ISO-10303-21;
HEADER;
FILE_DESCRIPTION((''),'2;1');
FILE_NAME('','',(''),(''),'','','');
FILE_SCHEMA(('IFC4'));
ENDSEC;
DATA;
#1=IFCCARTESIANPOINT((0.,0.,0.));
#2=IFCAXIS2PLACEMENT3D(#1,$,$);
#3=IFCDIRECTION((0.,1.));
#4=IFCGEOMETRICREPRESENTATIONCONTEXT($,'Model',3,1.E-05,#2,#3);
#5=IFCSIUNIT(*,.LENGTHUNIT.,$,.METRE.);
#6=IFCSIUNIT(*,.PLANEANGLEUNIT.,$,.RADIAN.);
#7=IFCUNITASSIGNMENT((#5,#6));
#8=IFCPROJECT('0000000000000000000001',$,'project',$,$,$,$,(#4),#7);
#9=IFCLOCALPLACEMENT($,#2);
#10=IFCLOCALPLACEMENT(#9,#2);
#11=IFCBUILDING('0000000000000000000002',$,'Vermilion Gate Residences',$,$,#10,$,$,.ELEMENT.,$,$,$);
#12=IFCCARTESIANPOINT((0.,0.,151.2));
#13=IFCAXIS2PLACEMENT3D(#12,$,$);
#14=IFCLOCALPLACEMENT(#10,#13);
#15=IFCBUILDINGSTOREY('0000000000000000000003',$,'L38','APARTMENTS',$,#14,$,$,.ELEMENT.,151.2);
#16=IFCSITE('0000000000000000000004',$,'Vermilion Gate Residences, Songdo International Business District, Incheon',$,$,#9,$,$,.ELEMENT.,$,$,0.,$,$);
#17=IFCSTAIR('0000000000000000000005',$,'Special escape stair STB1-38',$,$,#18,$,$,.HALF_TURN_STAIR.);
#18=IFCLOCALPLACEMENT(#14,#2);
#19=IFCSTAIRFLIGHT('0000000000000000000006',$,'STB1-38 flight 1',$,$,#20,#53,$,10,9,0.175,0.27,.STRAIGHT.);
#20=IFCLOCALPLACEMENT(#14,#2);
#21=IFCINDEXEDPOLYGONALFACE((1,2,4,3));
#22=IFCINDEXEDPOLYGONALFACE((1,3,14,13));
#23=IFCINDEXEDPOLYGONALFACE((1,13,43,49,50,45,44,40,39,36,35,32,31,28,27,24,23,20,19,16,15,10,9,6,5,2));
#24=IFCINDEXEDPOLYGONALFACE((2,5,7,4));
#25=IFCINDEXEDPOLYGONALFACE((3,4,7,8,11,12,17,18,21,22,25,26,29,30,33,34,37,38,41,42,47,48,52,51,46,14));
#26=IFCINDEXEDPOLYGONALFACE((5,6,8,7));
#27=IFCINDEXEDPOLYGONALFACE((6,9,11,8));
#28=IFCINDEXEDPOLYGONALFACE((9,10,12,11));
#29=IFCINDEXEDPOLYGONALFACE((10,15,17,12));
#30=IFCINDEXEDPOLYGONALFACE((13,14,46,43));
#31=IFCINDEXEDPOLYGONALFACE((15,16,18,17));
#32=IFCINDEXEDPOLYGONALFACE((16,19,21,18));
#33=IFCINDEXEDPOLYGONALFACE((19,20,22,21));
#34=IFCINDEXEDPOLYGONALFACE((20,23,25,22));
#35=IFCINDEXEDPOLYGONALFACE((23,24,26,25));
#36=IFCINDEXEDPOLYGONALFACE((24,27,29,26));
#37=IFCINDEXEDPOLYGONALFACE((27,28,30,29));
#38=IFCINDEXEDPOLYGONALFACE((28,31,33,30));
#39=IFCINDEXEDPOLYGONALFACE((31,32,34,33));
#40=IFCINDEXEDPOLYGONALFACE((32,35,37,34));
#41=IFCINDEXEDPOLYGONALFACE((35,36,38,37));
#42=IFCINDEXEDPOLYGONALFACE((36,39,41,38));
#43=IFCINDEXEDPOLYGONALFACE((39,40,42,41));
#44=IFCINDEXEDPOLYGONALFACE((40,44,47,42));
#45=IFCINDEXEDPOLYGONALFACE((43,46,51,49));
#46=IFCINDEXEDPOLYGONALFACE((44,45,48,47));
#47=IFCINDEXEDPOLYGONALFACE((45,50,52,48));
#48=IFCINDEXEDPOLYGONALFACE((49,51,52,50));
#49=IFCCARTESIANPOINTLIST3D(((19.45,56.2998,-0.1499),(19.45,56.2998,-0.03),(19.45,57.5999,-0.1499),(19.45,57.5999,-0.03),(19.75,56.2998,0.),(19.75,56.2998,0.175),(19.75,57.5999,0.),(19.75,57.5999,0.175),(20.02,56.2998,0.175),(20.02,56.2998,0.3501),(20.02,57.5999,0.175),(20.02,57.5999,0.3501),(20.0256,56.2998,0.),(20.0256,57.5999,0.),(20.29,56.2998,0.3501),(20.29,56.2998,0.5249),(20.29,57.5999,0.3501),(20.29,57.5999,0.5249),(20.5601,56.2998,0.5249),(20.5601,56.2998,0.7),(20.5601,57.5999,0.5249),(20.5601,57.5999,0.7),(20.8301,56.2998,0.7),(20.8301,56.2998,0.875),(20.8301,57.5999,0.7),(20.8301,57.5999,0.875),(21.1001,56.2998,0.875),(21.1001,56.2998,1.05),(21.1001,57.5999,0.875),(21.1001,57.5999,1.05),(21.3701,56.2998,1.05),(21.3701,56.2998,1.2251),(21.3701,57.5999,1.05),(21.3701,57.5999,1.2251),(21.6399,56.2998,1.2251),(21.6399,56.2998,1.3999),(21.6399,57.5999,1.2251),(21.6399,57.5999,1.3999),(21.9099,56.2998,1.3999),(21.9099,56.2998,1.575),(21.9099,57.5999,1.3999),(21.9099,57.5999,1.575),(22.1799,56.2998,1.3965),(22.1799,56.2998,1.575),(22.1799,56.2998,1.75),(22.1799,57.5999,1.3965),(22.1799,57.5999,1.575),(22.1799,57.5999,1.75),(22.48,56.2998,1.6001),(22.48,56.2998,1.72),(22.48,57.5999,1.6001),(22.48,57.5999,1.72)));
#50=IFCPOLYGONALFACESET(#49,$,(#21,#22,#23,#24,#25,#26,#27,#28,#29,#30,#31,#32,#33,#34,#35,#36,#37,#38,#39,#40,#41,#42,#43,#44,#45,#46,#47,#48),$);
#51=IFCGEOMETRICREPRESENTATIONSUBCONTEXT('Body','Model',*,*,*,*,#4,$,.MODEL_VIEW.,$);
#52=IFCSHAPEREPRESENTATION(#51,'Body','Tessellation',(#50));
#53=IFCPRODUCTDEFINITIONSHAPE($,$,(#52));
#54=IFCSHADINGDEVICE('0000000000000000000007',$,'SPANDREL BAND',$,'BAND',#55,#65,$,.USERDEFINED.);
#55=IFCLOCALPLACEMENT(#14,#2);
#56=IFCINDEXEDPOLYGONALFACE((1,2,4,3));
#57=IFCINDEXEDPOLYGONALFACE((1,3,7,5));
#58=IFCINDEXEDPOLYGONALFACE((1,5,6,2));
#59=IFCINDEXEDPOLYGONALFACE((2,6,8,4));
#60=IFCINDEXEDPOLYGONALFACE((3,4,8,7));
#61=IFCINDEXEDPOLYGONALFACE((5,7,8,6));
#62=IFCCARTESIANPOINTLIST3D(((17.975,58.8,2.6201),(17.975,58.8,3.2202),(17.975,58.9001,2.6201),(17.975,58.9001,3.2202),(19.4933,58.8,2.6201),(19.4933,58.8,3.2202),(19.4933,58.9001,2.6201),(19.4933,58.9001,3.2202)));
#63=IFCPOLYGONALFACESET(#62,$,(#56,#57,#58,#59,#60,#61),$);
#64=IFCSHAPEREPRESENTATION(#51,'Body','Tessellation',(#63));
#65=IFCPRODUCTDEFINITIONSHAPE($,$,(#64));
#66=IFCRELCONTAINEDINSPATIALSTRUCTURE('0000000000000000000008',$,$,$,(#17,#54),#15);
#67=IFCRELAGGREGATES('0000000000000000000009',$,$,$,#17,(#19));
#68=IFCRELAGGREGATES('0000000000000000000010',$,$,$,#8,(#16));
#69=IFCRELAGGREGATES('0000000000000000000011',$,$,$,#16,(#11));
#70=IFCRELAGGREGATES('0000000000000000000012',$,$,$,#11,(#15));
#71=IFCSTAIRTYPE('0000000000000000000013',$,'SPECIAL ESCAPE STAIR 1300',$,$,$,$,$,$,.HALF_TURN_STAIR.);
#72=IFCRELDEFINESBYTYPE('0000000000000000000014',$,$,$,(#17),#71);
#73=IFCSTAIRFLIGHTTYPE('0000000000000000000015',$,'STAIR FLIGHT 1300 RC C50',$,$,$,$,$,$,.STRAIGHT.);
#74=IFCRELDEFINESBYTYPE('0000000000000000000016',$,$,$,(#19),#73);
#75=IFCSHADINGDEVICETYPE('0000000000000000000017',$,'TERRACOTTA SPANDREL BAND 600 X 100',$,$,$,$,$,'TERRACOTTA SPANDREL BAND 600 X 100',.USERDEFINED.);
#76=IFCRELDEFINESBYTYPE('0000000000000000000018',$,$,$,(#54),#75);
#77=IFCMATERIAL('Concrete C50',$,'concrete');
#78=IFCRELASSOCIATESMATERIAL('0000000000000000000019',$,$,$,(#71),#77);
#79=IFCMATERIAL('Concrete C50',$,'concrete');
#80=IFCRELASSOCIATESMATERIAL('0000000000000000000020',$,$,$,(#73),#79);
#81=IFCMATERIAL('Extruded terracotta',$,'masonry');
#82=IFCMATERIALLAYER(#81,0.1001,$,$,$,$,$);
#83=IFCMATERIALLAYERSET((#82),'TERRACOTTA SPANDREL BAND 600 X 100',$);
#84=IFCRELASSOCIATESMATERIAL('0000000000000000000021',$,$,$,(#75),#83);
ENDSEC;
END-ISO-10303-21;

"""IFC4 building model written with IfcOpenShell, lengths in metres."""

from ifc_helpers import new_model, si_unit, direction, frame, origin, origin_2d, place, context, subcontext, project, spatial, polyline, rectangle, outline, extrude, material, layer, layer_set, type_object, element, aggregate, save


model = new_model("IFC4")

# Units and contexts
model_context = context("Model", 3, precision=1e-05, world=origin(), true_north=direction((0.0, 1.0)))
body_context = subcontext(model_context, "Body", "Model", "MODEL_VIEW")
ifc_project = project(units=[si_unit("LENGTHUNIT", "METRE"), si_unit("PLANEANGLEUNIT", "RADIAN")], contexts=[model_context])

# Site, building, storey
site_placement = place(None, origin())
site = spatial("IfcSite", under=ifc_project, at=site_placement, Name="Vermilion Gate Residences, Songdo International Business District, Incheon", CompositionType="ELEMENT", RefElevation=0.0)
building_placement = place(site_placement, origin())
building = spatial("IfcBuilding", under=site, at=building_placement, Name="Vermilion Gate Residences", CompositionType="ELEMENT")
storey_placement = place(building_placement, frame((0.0, 0.0, 151.2)))
storey = spatial("IfcBuildingStorey", under=building, at=storey_placement, Name="L38", Description="APARTMENTS", CompositionType="ELEMENT", Elevation=151.2)

# Stair, stair flight
ifc_material_1 = material(Name="Concrete C50", Category="concrete")
stair_type = type_object("IfcStairType", Name="SPECIAL ESCAPE STAIR 1300", PredefinedType="HALF_TURN_STAIR", material=ifc_material_1)
stair_placement = place(storey_placement, origin())
stair = element("IfcStair", 1, at=stair_placement, inside=storey, type_object=stair_type, Name="Special escape stair STB1-38", PredefinedType="HALF_TURN_STAIR")
ifc_material_2 = material(Name="Concrete C50", Category="concrete")
stair_flight_type = type_object("IfcStairFlightType", Name="STAIR FLIGHT 1300 RC C50", PredefinedType="STRAIGHT", material=ifc_material_2)
stair_flight_placement = place(storey_placement, frame((19.75, 56.95, 0.0), z_axis=(0.0, 0.0, 1.0), x_axis=(1.0, 0.0, 0.0)))
stair_flight = element("IfcStairFlight", 2, at=stair_flight_placement, type_object=stair_flight_type, Name="STB1-38 flight 1", NumberOfRisers=10, NumberOfTreads=9, PredefinedType="STRAIGHT", RiserHeight=0.175, TreadLength=0.27, context=body_context, shape_type="SweptSolid", body=[
    extrude(outline(polyline([(-0.3, -0.1499), (-0.3, -0.03), (0.0, 0.0), (0.0, 0.175), (0.27, 0.175), (0.27, 0.3501), (0.54, 0.3501), (0.54, 0.5249), (0.8101, 0.5249), (0.8101, 0.7), (1.0801, 0.7), (1.0801, 0.875), (1.3501, 0.875), (1.3501, 1.05), (1.6201, 1.05), (1.6201, 1.2251), (1.8899, 1.2251), (1.8899, 1.3999), (2.1599, 1.3999), (2.1599, 1.575), (2.4299, 1.575), (2.4299, 1.75), (2.73, 1.72), (2.73, 1.6001), (2.4299, 1.3965), (0.2756, 0.0), (-0.3, -0.1499)])), frame((0.0, 0.6499, 0.0), z_axis=(0.0, -1.0, 0.0), x_axis=(1.0, 0.0, 0.0)), (0.0, 0.0, 1.0), 1.3),
])
aggregate(stair, [stair_flight])

# Shading device
ifc_material_3 = material(Name="Extruded terracotta", Category="masonry")
ifc_layer_1 = layer(ifc_material_3, 0.1001)
ifc_layer_set_1 = layer_set([ifc_layer_1], Name="TERRACOTTA SPANDREL BAND 600 X 100")
shading_device_type = type_object("IfcShadingDeviceType", Name="TERRACOTTA SPANDREL BAND 600 X 100", ElementType="TERRACOTTA SPANDREL BAND 600 X 100", PredefinedType="USERDEFINED", material=ifc_layer_set_1)
shading_device_placement = place(storey_placement, frame((18.7341, 58.8501, 2.6201), z_axis=(0.0, 0.0, 1.0), x_axis=(1.0, 0.0, 0.0)))
element("IfcShadingDevice", 3, at=shading_device_placement, inside=storey, type_object=shading_device_type, Name="SPANDREL BAND", ObjectType="BAND", PredefinedType="USERDEFINED", context=body_context, shape_type="SweptSolid", body=[
    extrude(rectangle(XDim=1.5183, YDim=0.1001, at=origin_2d()), origin(), (0.0, 0.0, 1.0), 0.6001),
])

save(model, "model.ifc")
